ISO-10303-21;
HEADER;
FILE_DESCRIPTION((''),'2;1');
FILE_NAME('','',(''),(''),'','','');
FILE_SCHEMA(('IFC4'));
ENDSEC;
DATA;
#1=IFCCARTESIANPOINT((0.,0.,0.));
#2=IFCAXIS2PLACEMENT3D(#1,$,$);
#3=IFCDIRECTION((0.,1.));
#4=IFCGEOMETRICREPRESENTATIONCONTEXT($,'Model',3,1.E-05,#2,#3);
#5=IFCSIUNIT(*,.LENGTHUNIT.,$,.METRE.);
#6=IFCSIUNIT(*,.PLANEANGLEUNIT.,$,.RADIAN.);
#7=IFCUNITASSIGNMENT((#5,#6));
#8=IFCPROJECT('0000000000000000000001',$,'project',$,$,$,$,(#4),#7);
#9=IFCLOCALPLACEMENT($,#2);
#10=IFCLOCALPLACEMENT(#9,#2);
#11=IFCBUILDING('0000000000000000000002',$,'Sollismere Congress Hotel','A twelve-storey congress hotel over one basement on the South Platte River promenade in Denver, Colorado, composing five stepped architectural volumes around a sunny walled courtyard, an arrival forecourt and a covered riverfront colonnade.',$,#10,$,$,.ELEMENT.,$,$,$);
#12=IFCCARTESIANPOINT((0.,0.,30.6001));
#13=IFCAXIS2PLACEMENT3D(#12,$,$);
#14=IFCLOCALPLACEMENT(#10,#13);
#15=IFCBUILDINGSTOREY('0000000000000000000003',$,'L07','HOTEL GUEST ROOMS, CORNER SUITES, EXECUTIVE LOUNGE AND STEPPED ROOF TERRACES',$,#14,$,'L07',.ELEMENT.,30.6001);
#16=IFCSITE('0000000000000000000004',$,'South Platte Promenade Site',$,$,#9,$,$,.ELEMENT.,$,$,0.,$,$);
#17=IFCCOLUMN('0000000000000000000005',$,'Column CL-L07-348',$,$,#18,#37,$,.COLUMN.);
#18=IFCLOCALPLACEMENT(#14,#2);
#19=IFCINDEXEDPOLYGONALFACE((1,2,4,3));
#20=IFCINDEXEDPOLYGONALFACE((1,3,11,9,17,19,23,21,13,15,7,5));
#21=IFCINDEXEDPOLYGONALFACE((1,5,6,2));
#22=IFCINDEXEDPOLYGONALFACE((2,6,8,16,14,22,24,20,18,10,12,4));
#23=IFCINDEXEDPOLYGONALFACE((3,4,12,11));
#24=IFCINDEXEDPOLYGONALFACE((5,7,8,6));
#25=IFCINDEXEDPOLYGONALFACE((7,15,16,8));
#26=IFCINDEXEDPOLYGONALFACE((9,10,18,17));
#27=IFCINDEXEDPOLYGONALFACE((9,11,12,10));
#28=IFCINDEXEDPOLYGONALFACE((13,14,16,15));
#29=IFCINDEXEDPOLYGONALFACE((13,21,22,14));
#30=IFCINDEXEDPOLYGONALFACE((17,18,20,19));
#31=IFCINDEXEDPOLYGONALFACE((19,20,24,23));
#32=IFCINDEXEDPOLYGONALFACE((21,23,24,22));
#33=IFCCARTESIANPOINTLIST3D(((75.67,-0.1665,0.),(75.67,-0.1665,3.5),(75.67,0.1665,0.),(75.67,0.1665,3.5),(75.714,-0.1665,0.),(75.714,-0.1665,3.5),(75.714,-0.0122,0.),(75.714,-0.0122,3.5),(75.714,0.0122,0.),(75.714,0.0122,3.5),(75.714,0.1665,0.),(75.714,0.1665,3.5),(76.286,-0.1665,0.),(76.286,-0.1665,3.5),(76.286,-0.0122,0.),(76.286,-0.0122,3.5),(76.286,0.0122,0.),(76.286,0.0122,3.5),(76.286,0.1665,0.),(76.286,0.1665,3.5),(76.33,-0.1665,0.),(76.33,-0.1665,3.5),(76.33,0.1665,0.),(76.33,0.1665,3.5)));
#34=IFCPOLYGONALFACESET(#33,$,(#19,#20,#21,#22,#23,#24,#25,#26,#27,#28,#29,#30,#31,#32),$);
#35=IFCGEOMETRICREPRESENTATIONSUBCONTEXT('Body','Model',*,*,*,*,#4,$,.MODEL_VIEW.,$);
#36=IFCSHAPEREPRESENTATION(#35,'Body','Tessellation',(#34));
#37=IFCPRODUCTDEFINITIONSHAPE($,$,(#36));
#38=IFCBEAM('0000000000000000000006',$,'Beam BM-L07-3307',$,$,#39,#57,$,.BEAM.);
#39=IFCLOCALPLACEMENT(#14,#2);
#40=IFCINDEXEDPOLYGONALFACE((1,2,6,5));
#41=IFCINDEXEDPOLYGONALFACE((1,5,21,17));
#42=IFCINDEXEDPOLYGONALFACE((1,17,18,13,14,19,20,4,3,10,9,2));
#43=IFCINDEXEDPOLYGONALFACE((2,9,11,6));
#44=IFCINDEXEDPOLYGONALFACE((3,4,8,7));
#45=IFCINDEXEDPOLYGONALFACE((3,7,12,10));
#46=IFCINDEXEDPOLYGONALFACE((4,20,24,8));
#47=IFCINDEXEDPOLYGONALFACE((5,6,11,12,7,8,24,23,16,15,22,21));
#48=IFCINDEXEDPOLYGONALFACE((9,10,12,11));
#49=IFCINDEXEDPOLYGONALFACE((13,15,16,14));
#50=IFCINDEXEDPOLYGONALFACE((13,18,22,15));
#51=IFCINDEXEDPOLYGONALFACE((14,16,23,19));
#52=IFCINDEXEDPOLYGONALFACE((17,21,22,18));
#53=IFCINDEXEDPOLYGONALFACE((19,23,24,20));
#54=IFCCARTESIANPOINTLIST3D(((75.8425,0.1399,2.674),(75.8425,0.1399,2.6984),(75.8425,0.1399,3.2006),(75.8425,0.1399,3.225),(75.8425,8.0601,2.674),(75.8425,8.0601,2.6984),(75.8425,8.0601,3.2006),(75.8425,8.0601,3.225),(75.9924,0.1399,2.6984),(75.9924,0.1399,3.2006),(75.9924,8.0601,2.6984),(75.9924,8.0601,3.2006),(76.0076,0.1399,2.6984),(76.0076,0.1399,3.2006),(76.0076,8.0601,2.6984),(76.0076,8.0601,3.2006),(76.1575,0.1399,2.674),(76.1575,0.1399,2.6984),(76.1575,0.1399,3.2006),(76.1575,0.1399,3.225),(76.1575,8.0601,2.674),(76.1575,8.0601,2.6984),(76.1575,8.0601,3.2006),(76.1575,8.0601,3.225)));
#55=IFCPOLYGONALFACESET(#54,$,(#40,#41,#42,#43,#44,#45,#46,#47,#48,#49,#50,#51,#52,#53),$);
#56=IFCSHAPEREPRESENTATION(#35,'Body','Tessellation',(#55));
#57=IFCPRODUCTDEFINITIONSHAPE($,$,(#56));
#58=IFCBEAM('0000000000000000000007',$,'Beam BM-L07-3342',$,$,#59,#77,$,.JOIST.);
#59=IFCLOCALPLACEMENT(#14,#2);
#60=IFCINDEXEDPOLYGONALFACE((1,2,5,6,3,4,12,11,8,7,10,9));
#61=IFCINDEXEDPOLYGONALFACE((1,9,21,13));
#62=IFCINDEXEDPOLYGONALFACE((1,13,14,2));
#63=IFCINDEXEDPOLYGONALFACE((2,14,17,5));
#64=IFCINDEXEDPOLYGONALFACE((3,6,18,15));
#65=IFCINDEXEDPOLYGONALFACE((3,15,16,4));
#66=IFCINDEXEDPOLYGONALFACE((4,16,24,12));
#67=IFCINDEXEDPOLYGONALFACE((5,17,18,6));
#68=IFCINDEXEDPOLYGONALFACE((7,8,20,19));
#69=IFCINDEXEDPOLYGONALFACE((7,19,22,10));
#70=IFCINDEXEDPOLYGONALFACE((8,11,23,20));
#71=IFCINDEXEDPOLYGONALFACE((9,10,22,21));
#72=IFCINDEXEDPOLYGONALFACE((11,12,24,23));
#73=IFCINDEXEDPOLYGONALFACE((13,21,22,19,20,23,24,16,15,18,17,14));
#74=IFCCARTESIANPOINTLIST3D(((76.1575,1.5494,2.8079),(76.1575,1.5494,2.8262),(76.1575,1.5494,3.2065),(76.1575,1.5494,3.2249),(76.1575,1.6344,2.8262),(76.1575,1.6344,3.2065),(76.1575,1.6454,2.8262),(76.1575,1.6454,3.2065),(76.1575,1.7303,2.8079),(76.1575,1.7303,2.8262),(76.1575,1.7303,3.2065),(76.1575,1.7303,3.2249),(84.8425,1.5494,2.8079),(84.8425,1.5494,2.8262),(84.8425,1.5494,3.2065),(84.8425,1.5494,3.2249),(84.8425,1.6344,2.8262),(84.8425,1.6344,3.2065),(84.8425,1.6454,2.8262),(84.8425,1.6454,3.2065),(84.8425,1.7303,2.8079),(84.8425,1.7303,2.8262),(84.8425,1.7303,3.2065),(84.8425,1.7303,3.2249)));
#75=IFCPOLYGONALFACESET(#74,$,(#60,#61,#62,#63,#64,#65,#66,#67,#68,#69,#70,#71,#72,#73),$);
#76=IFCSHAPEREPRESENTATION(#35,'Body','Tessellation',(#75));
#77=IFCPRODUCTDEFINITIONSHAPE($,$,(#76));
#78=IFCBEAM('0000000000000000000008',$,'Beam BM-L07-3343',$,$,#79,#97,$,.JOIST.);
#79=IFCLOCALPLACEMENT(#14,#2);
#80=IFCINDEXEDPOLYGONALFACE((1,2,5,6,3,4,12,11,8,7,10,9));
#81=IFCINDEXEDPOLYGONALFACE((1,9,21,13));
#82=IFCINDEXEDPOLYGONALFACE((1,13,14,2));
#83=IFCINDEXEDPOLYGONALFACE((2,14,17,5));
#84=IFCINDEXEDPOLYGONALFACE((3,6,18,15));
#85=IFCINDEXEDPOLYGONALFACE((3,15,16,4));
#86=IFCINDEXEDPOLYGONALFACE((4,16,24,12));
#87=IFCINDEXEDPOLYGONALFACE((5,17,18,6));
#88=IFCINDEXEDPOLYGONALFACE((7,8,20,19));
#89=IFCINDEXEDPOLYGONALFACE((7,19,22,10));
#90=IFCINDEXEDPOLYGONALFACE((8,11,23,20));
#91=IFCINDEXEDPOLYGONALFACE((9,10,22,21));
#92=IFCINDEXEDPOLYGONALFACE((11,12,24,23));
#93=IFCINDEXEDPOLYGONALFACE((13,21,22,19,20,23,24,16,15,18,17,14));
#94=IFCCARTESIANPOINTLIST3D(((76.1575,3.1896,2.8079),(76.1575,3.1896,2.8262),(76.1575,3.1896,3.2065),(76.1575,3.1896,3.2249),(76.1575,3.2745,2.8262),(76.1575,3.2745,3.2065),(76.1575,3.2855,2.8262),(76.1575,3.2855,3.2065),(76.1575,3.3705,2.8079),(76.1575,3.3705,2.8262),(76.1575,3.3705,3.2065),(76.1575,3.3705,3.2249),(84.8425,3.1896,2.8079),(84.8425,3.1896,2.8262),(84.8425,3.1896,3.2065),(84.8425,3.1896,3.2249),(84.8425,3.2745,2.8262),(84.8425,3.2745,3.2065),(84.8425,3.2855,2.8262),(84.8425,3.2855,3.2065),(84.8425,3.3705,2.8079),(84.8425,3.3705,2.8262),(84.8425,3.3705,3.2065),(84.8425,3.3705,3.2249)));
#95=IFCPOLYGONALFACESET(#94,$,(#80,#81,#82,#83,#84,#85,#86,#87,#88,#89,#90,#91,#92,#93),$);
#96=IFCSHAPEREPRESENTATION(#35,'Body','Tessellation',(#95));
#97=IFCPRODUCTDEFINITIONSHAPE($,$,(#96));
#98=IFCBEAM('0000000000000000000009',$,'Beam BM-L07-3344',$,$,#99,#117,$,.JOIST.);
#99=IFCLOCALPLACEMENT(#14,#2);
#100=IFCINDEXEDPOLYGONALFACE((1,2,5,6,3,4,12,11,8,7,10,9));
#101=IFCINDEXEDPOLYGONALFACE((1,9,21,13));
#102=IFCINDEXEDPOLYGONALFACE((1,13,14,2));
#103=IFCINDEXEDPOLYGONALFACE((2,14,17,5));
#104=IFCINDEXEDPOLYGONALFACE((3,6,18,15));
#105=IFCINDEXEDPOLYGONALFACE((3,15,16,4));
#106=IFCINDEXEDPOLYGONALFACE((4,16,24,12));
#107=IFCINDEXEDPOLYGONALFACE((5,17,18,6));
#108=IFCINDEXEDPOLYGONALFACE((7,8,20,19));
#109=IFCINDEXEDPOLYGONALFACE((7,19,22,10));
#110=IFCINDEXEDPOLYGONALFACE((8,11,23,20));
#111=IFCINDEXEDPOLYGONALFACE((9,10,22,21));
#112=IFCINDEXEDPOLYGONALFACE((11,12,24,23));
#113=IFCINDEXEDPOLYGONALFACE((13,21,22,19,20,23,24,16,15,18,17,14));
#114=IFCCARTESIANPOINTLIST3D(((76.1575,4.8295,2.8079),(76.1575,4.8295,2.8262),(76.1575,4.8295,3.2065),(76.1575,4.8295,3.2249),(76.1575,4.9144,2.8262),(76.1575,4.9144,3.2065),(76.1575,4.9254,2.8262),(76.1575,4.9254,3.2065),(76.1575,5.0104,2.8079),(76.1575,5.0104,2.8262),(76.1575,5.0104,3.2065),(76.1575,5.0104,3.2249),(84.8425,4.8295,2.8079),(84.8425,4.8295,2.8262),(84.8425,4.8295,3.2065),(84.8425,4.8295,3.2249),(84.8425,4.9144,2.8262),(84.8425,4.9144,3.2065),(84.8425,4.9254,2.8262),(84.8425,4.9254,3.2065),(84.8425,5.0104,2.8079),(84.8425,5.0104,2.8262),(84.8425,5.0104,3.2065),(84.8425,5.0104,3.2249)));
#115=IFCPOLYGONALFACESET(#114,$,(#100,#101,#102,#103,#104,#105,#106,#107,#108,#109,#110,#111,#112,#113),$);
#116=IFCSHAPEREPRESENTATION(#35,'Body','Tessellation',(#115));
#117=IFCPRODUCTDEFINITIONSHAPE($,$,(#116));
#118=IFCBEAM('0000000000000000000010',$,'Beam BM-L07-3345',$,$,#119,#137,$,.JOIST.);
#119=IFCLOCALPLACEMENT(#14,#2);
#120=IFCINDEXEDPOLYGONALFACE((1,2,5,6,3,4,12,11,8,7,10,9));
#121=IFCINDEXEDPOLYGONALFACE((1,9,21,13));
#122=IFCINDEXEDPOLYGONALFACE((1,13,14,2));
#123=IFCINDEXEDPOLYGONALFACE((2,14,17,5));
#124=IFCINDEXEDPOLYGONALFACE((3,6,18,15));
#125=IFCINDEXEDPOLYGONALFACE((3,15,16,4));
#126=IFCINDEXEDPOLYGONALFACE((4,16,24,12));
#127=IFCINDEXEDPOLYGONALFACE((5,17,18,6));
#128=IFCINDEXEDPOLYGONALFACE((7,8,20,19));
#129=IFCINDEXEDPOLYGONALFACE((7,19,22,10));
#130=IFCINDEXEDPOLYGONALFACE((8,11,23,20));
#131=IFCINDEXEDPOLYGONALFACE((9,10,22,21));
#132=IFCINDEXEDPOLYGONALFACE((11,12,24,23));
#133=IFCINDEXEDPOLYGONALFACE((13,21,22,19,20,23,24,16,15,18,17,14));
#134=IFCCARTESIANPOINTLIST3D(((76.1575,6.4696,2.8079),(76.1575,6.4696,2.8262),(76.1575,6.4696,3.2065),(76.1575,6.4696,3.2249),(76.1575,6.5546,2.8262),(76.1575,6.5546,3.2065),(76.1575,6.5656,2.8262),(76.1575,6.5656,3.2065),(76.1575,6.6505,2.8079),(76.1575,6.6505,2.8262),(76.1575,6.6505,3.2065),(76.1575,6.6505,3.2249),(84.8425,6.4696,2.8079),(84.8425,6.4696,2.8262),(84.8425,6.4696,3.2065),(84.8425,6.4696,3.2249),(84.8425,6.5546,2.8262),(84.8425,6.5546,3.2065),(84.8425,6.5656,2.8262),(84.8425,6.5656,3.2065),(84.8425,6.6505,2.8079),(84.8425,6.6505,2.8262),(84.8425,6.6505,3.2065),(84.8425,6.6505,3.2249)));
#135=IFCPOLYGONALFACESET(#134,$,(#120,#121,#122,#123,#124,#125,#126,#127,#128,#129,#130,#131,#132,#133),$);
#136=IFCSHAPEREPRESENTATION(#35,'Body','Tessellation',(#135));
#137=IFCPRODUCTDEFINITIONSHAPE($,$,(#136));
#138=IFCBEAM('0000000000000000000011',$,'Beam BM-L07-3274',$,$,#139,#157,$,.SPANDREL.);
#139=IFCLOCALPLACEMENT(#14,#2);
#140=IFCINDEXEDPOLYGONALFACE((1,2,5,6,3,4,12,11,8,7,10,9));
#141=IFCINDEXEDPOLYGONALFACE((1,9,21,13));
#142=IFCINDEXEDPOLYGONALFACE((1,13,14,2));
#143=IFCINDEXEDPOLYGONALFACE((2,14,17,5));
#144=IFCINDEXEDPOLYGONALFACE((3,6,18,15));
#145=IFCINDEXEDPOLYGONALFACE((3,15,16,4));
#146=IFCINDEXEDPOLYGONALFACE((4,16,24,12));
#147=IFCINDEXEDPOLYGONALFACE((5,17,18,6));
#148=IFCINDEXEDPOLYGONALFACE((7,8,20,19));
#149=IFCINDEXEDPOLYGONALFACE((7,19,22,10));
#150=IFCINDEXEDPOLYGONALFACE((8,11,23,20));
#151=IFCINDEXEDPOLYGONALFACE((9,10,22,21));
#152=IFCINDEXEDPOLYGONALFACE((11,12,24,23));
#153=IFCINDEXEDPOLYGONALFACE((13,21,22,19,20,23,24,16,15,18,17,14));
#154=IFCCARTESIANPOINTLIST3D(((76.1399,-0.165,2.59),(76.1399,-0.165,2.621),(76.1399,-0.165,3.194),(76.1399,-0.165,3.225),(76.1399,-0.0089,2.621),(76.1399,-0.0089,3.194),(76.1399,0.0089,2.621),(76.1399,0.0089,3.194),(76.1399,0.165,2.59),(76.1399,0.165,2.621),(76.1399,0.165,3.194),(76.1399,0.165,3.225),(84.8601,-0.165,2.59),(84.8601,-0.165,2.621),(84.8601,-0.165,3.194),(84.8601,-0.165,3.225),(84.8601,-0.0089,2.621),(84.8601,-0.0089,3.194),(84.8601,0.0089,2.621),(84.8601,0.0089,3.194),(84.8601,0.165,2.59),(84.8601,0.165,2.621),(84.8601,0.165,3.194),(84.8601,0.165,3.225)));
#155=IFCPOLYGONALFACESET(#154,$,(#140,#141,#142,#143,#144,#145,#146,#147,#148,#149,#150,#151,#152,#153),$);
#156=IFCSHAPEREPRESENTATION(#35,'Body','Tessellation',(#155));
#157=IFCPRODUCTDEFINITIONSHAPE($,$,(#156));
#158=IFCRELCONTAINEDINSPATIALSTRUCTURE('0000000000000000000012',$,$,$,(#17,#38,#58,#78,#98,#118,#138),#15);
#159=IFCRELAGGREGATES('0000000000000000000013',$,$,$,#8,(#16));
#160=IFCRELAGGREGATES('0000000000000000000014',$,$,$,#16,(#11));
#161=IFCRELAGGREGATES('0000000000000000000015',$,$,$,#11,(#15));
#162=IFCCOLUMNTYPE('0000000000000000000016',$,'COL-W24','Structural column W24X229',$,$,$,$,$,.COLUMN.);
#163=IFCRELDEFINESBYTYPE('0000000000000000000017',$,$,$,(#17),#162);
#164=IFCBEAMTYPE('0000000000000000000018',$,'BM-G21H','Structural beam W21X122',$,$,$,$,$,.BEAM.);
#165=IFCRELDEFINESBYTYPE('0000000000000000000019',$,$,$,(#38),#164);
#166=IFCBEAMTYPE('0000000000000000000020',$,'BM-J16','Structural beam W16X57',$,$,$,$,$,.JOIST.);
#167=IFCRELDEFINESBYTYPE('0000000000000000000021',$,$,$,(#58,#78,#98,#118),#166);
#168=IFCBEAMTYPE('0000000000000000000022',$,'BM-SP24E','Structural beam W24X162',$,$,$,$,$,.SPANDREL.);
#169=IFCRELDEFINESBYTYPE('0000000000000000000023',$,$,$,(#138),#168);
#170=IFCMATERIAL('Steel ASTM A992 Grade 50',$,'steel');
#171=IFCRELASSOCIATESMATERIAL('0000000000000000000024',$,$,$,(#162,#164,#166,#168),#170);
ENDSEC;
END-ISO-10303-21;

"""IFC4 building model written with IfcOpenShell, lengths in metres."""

from ifc_helpers import new_model, si_unit, direction, frame, origin, origin_2d, place, context, subcontext, project, spatial, i_section, extrude, material, material_profile, profile_set, type_object, element, save


model = new_model("IFC4")

# Units and contexts
model_context = context("Model", 3, precision=1e-05, world=origin(), true_north=direction((0.0, 1.0)))
body_context = subcontext(model_context, "Body", "Model", "MODEL_VIEW")
ifc_project = project(units=[si_unit("LENGTHUNIT", "METRE"), si_unit("PLANEANGLEUNIT", "RADIAN")], contexts=[model_context])

# Site, building, storey
site_placement = place(None, origin())
site = spatial("IfcSite", under=ifc_project, at=site_placement, Name="South Platte Promenade Site", CompositionType="ELEMENT", RefElevation=0.0)
building_placement = place(site_placement, origin())
building = spatial("IfcBuilding", under=site, at=building_placement, Name="Sollismere Congress Hotel", Description="A twelve-storey congress hotel over one basement on the South Platte River promenade in Denver, Colorado, composing five stepped architectural volumes around a sunny walled courtyard, an arrival forecourt and a covered riverfront colonnade.", CompositionType="ELEMENT")
storey_placement = place(building_placement, frame((0.0, 0.0, 30.6001)))
storey = spatial("IfcBuildingStorey", under=building, at=storey_placement, Name="L07", Description="HOTEL GUEST ROOMS, CORNER SUITES, EXECUTIVE LOUNGE AND STEPPED ROOF TERRACES", LongName="L07", CompositionType="ELEMENT", Elevation=30.6001)

# Column
ifc_material_1 = material(Name="Steel ASTM A992 Grade 50", Category="steel")
ifc_material_profile_1 = material_profile(ifc_material_1, i_section(OverallWidth=0.333, OverallDepth=0.6599, WebThickness=0.0244, FlangeThickness=0.0439, at=origin_2d()), Name="W24X229")
ifc_profile_set_1 = profile_set([ifc_material_profile_1], Name="Steel ASTM A992 Grade 50")
column_type = type_object("IfcColumnType", Name="COL-W24", Description="Structural column W24X229", PredefinedType="COLUMN", material=ifc_profile_set_1)
column_placement = place(storey_placement, frame((76.0, 0.0, 0.0), z_axis=(0.0, 0.0, 1.0), x_axis=(0.0, 1.0, 0.0)))
element("IfcColumn", 1, at=column_placement, inside=storey, type_object=column_type, Name="Column CL-L07-348", PredefinedType="COLUMN", context=body_context, shape_type="SweptSolid", body=[
    extrude(i_section(OverallWidth=0.333, OverallDepth=0.6599, WebThickness=0.0244, FlangeThickness=0.0439, at=origin_2d()), origin(), (0.0, 0.0, 1.0), 3.5),
])

# Beams
ifc_material_profile_2 = material_profile(ifc_material_1, i_section(OverallWidth=0.3149, OverallDepth=0.551, WebThickness=0.0151, FlangeThickness=0.0244, at=origin_2d()), Name="W21X122")
ifc_profile_set_2 = profile_set([ifc_material_profile_2], Name="Steel ASTM A992 Grade 50")
beam_type_1 = type_object("IfcBeamType", Name="BM-G21H", Description="Structural beam W21X122", PredefinedType="BEAM", material=ifc_profile_set_2)
beam_1_placement = place(storey_placement, frame((76.0, 0.1399, 2.9495), z_axis=(0.0, 1.0, 0.0), x_axis=(-1.0, 0.0, 0.0)))
element("IfcBeam", 2, at=beam_1_placement, inside=storey, type_object=beam_type_1, Name="Beam BM-L07-3307", PredefinedType="BEAM", context=body_context, shape_type="SweptSolid", body=[
    extrude(i_section(OverallWidth=0.3149, OverallDepth=0.551, WebThickness=0.0151, FlangeThickness=0.0244, at=origin_2d()), origin(), (0.0, 0.0, 1.0), 7.9202),
])
ifc_material_profile_3 = material_profile(ifc_material_1, i_section(OverallWidth=0.1809, OverallDepth=0.417, WebThickness=0.011, FlangeThickness=0.0183, at=origin_2d()), Name="W16X57")
ifc_profile_set_3 = profile_set([ifc_material_profile_3], Name="Steel ASTM A992 Grade 50")
beam_type_2 = type_object("IfcBeamType", Name="BM-J16", Description="Structural beam W16X57", PredefinedType="JOIST", material=ifc_profile_set_3)
for number, where, z_axis, x_axis, name in (
    (3, (76.1575, 1.6399, 3.0164), (1.0, 0.0, 0.0), (0.0, 1.0, 0.0), "Beam BM-L07-3342"),
    (4, (76.1575, 3.28, 3.0164), (1.0, 0.0, 0.0), (0.0, 1.0, 0.0), "Beam BM-L07-3343"),
    (5, (76.1575, 4.9199, 3.0164), (1.0, 0.0, 0.0), (0.0, 1.0, 0.0), "Beam BM-L07-3344"),
    (6, (76.1575, 6.5601, 3.0164), (1.0, 0.0, 0.0), (0.0, 1.0, 0.0), "Beam BM-L07-3345"),
):
    element("IfcBeam", number, at=place(storey_placement, frame(where, z_axis=z_axis, x_axis=x_axis)), inside=storey, type_object=beam_type_2, Name=name, PredefinedType="JOIST", context=body_context, shape_type="SweptSolid", body=[
        extrude(i_section(OverallWidth=0.1809, OverallDepth=0.417, WebThickness=0.011, FlangeThickness=0.0183, at=origin_2d()), origin(), (0.0, 0.0, 1.0), 8.6851),
    ])
ifc_material_profile_4 = material_profile(ifc_material_1, i_section(OverallWidth=0.3301, OverallDepth=0.635, WebThickness=0.0178, FlangeThickness=0.031, at=origin_2d()), Name="W24X162")
ifc_profile_set_4 = profile_set([ifc_material_profile_4], Name="Steel ASTM A992 Grade 50")
beam_type_3 = type_object("IfcBeamType", Name="BM-SP24E", Description="Structural beam W24X162", PredefinedType="SPANDREL", material=ifc_profile_set_4)
beam_2_placement = place(storey_placement, frame((76.1399, 0.0, 2.9075), z_axis=(1.0, 0.0, 0.0), x_axis=(0.0, 1.0, 0.0)))
element("IfcBeam", 7, at=beam_2_placement, inside=storey, type_object=beam_type_3, Name="Beam BM-L07-3274", PredefinedType="SPANDREL", context=body_context, shape_type="SweptSolid", body=[
    extrude(i_section(OverallWidth=0.3301, OverallDepth=0.635, WebThickness=0.0178, FlangeThickness=0.031, at=origin_2d()), origin(), (0.0, 0.0, 1.0), 8.7202),
])

save(model, "model.ifc")
